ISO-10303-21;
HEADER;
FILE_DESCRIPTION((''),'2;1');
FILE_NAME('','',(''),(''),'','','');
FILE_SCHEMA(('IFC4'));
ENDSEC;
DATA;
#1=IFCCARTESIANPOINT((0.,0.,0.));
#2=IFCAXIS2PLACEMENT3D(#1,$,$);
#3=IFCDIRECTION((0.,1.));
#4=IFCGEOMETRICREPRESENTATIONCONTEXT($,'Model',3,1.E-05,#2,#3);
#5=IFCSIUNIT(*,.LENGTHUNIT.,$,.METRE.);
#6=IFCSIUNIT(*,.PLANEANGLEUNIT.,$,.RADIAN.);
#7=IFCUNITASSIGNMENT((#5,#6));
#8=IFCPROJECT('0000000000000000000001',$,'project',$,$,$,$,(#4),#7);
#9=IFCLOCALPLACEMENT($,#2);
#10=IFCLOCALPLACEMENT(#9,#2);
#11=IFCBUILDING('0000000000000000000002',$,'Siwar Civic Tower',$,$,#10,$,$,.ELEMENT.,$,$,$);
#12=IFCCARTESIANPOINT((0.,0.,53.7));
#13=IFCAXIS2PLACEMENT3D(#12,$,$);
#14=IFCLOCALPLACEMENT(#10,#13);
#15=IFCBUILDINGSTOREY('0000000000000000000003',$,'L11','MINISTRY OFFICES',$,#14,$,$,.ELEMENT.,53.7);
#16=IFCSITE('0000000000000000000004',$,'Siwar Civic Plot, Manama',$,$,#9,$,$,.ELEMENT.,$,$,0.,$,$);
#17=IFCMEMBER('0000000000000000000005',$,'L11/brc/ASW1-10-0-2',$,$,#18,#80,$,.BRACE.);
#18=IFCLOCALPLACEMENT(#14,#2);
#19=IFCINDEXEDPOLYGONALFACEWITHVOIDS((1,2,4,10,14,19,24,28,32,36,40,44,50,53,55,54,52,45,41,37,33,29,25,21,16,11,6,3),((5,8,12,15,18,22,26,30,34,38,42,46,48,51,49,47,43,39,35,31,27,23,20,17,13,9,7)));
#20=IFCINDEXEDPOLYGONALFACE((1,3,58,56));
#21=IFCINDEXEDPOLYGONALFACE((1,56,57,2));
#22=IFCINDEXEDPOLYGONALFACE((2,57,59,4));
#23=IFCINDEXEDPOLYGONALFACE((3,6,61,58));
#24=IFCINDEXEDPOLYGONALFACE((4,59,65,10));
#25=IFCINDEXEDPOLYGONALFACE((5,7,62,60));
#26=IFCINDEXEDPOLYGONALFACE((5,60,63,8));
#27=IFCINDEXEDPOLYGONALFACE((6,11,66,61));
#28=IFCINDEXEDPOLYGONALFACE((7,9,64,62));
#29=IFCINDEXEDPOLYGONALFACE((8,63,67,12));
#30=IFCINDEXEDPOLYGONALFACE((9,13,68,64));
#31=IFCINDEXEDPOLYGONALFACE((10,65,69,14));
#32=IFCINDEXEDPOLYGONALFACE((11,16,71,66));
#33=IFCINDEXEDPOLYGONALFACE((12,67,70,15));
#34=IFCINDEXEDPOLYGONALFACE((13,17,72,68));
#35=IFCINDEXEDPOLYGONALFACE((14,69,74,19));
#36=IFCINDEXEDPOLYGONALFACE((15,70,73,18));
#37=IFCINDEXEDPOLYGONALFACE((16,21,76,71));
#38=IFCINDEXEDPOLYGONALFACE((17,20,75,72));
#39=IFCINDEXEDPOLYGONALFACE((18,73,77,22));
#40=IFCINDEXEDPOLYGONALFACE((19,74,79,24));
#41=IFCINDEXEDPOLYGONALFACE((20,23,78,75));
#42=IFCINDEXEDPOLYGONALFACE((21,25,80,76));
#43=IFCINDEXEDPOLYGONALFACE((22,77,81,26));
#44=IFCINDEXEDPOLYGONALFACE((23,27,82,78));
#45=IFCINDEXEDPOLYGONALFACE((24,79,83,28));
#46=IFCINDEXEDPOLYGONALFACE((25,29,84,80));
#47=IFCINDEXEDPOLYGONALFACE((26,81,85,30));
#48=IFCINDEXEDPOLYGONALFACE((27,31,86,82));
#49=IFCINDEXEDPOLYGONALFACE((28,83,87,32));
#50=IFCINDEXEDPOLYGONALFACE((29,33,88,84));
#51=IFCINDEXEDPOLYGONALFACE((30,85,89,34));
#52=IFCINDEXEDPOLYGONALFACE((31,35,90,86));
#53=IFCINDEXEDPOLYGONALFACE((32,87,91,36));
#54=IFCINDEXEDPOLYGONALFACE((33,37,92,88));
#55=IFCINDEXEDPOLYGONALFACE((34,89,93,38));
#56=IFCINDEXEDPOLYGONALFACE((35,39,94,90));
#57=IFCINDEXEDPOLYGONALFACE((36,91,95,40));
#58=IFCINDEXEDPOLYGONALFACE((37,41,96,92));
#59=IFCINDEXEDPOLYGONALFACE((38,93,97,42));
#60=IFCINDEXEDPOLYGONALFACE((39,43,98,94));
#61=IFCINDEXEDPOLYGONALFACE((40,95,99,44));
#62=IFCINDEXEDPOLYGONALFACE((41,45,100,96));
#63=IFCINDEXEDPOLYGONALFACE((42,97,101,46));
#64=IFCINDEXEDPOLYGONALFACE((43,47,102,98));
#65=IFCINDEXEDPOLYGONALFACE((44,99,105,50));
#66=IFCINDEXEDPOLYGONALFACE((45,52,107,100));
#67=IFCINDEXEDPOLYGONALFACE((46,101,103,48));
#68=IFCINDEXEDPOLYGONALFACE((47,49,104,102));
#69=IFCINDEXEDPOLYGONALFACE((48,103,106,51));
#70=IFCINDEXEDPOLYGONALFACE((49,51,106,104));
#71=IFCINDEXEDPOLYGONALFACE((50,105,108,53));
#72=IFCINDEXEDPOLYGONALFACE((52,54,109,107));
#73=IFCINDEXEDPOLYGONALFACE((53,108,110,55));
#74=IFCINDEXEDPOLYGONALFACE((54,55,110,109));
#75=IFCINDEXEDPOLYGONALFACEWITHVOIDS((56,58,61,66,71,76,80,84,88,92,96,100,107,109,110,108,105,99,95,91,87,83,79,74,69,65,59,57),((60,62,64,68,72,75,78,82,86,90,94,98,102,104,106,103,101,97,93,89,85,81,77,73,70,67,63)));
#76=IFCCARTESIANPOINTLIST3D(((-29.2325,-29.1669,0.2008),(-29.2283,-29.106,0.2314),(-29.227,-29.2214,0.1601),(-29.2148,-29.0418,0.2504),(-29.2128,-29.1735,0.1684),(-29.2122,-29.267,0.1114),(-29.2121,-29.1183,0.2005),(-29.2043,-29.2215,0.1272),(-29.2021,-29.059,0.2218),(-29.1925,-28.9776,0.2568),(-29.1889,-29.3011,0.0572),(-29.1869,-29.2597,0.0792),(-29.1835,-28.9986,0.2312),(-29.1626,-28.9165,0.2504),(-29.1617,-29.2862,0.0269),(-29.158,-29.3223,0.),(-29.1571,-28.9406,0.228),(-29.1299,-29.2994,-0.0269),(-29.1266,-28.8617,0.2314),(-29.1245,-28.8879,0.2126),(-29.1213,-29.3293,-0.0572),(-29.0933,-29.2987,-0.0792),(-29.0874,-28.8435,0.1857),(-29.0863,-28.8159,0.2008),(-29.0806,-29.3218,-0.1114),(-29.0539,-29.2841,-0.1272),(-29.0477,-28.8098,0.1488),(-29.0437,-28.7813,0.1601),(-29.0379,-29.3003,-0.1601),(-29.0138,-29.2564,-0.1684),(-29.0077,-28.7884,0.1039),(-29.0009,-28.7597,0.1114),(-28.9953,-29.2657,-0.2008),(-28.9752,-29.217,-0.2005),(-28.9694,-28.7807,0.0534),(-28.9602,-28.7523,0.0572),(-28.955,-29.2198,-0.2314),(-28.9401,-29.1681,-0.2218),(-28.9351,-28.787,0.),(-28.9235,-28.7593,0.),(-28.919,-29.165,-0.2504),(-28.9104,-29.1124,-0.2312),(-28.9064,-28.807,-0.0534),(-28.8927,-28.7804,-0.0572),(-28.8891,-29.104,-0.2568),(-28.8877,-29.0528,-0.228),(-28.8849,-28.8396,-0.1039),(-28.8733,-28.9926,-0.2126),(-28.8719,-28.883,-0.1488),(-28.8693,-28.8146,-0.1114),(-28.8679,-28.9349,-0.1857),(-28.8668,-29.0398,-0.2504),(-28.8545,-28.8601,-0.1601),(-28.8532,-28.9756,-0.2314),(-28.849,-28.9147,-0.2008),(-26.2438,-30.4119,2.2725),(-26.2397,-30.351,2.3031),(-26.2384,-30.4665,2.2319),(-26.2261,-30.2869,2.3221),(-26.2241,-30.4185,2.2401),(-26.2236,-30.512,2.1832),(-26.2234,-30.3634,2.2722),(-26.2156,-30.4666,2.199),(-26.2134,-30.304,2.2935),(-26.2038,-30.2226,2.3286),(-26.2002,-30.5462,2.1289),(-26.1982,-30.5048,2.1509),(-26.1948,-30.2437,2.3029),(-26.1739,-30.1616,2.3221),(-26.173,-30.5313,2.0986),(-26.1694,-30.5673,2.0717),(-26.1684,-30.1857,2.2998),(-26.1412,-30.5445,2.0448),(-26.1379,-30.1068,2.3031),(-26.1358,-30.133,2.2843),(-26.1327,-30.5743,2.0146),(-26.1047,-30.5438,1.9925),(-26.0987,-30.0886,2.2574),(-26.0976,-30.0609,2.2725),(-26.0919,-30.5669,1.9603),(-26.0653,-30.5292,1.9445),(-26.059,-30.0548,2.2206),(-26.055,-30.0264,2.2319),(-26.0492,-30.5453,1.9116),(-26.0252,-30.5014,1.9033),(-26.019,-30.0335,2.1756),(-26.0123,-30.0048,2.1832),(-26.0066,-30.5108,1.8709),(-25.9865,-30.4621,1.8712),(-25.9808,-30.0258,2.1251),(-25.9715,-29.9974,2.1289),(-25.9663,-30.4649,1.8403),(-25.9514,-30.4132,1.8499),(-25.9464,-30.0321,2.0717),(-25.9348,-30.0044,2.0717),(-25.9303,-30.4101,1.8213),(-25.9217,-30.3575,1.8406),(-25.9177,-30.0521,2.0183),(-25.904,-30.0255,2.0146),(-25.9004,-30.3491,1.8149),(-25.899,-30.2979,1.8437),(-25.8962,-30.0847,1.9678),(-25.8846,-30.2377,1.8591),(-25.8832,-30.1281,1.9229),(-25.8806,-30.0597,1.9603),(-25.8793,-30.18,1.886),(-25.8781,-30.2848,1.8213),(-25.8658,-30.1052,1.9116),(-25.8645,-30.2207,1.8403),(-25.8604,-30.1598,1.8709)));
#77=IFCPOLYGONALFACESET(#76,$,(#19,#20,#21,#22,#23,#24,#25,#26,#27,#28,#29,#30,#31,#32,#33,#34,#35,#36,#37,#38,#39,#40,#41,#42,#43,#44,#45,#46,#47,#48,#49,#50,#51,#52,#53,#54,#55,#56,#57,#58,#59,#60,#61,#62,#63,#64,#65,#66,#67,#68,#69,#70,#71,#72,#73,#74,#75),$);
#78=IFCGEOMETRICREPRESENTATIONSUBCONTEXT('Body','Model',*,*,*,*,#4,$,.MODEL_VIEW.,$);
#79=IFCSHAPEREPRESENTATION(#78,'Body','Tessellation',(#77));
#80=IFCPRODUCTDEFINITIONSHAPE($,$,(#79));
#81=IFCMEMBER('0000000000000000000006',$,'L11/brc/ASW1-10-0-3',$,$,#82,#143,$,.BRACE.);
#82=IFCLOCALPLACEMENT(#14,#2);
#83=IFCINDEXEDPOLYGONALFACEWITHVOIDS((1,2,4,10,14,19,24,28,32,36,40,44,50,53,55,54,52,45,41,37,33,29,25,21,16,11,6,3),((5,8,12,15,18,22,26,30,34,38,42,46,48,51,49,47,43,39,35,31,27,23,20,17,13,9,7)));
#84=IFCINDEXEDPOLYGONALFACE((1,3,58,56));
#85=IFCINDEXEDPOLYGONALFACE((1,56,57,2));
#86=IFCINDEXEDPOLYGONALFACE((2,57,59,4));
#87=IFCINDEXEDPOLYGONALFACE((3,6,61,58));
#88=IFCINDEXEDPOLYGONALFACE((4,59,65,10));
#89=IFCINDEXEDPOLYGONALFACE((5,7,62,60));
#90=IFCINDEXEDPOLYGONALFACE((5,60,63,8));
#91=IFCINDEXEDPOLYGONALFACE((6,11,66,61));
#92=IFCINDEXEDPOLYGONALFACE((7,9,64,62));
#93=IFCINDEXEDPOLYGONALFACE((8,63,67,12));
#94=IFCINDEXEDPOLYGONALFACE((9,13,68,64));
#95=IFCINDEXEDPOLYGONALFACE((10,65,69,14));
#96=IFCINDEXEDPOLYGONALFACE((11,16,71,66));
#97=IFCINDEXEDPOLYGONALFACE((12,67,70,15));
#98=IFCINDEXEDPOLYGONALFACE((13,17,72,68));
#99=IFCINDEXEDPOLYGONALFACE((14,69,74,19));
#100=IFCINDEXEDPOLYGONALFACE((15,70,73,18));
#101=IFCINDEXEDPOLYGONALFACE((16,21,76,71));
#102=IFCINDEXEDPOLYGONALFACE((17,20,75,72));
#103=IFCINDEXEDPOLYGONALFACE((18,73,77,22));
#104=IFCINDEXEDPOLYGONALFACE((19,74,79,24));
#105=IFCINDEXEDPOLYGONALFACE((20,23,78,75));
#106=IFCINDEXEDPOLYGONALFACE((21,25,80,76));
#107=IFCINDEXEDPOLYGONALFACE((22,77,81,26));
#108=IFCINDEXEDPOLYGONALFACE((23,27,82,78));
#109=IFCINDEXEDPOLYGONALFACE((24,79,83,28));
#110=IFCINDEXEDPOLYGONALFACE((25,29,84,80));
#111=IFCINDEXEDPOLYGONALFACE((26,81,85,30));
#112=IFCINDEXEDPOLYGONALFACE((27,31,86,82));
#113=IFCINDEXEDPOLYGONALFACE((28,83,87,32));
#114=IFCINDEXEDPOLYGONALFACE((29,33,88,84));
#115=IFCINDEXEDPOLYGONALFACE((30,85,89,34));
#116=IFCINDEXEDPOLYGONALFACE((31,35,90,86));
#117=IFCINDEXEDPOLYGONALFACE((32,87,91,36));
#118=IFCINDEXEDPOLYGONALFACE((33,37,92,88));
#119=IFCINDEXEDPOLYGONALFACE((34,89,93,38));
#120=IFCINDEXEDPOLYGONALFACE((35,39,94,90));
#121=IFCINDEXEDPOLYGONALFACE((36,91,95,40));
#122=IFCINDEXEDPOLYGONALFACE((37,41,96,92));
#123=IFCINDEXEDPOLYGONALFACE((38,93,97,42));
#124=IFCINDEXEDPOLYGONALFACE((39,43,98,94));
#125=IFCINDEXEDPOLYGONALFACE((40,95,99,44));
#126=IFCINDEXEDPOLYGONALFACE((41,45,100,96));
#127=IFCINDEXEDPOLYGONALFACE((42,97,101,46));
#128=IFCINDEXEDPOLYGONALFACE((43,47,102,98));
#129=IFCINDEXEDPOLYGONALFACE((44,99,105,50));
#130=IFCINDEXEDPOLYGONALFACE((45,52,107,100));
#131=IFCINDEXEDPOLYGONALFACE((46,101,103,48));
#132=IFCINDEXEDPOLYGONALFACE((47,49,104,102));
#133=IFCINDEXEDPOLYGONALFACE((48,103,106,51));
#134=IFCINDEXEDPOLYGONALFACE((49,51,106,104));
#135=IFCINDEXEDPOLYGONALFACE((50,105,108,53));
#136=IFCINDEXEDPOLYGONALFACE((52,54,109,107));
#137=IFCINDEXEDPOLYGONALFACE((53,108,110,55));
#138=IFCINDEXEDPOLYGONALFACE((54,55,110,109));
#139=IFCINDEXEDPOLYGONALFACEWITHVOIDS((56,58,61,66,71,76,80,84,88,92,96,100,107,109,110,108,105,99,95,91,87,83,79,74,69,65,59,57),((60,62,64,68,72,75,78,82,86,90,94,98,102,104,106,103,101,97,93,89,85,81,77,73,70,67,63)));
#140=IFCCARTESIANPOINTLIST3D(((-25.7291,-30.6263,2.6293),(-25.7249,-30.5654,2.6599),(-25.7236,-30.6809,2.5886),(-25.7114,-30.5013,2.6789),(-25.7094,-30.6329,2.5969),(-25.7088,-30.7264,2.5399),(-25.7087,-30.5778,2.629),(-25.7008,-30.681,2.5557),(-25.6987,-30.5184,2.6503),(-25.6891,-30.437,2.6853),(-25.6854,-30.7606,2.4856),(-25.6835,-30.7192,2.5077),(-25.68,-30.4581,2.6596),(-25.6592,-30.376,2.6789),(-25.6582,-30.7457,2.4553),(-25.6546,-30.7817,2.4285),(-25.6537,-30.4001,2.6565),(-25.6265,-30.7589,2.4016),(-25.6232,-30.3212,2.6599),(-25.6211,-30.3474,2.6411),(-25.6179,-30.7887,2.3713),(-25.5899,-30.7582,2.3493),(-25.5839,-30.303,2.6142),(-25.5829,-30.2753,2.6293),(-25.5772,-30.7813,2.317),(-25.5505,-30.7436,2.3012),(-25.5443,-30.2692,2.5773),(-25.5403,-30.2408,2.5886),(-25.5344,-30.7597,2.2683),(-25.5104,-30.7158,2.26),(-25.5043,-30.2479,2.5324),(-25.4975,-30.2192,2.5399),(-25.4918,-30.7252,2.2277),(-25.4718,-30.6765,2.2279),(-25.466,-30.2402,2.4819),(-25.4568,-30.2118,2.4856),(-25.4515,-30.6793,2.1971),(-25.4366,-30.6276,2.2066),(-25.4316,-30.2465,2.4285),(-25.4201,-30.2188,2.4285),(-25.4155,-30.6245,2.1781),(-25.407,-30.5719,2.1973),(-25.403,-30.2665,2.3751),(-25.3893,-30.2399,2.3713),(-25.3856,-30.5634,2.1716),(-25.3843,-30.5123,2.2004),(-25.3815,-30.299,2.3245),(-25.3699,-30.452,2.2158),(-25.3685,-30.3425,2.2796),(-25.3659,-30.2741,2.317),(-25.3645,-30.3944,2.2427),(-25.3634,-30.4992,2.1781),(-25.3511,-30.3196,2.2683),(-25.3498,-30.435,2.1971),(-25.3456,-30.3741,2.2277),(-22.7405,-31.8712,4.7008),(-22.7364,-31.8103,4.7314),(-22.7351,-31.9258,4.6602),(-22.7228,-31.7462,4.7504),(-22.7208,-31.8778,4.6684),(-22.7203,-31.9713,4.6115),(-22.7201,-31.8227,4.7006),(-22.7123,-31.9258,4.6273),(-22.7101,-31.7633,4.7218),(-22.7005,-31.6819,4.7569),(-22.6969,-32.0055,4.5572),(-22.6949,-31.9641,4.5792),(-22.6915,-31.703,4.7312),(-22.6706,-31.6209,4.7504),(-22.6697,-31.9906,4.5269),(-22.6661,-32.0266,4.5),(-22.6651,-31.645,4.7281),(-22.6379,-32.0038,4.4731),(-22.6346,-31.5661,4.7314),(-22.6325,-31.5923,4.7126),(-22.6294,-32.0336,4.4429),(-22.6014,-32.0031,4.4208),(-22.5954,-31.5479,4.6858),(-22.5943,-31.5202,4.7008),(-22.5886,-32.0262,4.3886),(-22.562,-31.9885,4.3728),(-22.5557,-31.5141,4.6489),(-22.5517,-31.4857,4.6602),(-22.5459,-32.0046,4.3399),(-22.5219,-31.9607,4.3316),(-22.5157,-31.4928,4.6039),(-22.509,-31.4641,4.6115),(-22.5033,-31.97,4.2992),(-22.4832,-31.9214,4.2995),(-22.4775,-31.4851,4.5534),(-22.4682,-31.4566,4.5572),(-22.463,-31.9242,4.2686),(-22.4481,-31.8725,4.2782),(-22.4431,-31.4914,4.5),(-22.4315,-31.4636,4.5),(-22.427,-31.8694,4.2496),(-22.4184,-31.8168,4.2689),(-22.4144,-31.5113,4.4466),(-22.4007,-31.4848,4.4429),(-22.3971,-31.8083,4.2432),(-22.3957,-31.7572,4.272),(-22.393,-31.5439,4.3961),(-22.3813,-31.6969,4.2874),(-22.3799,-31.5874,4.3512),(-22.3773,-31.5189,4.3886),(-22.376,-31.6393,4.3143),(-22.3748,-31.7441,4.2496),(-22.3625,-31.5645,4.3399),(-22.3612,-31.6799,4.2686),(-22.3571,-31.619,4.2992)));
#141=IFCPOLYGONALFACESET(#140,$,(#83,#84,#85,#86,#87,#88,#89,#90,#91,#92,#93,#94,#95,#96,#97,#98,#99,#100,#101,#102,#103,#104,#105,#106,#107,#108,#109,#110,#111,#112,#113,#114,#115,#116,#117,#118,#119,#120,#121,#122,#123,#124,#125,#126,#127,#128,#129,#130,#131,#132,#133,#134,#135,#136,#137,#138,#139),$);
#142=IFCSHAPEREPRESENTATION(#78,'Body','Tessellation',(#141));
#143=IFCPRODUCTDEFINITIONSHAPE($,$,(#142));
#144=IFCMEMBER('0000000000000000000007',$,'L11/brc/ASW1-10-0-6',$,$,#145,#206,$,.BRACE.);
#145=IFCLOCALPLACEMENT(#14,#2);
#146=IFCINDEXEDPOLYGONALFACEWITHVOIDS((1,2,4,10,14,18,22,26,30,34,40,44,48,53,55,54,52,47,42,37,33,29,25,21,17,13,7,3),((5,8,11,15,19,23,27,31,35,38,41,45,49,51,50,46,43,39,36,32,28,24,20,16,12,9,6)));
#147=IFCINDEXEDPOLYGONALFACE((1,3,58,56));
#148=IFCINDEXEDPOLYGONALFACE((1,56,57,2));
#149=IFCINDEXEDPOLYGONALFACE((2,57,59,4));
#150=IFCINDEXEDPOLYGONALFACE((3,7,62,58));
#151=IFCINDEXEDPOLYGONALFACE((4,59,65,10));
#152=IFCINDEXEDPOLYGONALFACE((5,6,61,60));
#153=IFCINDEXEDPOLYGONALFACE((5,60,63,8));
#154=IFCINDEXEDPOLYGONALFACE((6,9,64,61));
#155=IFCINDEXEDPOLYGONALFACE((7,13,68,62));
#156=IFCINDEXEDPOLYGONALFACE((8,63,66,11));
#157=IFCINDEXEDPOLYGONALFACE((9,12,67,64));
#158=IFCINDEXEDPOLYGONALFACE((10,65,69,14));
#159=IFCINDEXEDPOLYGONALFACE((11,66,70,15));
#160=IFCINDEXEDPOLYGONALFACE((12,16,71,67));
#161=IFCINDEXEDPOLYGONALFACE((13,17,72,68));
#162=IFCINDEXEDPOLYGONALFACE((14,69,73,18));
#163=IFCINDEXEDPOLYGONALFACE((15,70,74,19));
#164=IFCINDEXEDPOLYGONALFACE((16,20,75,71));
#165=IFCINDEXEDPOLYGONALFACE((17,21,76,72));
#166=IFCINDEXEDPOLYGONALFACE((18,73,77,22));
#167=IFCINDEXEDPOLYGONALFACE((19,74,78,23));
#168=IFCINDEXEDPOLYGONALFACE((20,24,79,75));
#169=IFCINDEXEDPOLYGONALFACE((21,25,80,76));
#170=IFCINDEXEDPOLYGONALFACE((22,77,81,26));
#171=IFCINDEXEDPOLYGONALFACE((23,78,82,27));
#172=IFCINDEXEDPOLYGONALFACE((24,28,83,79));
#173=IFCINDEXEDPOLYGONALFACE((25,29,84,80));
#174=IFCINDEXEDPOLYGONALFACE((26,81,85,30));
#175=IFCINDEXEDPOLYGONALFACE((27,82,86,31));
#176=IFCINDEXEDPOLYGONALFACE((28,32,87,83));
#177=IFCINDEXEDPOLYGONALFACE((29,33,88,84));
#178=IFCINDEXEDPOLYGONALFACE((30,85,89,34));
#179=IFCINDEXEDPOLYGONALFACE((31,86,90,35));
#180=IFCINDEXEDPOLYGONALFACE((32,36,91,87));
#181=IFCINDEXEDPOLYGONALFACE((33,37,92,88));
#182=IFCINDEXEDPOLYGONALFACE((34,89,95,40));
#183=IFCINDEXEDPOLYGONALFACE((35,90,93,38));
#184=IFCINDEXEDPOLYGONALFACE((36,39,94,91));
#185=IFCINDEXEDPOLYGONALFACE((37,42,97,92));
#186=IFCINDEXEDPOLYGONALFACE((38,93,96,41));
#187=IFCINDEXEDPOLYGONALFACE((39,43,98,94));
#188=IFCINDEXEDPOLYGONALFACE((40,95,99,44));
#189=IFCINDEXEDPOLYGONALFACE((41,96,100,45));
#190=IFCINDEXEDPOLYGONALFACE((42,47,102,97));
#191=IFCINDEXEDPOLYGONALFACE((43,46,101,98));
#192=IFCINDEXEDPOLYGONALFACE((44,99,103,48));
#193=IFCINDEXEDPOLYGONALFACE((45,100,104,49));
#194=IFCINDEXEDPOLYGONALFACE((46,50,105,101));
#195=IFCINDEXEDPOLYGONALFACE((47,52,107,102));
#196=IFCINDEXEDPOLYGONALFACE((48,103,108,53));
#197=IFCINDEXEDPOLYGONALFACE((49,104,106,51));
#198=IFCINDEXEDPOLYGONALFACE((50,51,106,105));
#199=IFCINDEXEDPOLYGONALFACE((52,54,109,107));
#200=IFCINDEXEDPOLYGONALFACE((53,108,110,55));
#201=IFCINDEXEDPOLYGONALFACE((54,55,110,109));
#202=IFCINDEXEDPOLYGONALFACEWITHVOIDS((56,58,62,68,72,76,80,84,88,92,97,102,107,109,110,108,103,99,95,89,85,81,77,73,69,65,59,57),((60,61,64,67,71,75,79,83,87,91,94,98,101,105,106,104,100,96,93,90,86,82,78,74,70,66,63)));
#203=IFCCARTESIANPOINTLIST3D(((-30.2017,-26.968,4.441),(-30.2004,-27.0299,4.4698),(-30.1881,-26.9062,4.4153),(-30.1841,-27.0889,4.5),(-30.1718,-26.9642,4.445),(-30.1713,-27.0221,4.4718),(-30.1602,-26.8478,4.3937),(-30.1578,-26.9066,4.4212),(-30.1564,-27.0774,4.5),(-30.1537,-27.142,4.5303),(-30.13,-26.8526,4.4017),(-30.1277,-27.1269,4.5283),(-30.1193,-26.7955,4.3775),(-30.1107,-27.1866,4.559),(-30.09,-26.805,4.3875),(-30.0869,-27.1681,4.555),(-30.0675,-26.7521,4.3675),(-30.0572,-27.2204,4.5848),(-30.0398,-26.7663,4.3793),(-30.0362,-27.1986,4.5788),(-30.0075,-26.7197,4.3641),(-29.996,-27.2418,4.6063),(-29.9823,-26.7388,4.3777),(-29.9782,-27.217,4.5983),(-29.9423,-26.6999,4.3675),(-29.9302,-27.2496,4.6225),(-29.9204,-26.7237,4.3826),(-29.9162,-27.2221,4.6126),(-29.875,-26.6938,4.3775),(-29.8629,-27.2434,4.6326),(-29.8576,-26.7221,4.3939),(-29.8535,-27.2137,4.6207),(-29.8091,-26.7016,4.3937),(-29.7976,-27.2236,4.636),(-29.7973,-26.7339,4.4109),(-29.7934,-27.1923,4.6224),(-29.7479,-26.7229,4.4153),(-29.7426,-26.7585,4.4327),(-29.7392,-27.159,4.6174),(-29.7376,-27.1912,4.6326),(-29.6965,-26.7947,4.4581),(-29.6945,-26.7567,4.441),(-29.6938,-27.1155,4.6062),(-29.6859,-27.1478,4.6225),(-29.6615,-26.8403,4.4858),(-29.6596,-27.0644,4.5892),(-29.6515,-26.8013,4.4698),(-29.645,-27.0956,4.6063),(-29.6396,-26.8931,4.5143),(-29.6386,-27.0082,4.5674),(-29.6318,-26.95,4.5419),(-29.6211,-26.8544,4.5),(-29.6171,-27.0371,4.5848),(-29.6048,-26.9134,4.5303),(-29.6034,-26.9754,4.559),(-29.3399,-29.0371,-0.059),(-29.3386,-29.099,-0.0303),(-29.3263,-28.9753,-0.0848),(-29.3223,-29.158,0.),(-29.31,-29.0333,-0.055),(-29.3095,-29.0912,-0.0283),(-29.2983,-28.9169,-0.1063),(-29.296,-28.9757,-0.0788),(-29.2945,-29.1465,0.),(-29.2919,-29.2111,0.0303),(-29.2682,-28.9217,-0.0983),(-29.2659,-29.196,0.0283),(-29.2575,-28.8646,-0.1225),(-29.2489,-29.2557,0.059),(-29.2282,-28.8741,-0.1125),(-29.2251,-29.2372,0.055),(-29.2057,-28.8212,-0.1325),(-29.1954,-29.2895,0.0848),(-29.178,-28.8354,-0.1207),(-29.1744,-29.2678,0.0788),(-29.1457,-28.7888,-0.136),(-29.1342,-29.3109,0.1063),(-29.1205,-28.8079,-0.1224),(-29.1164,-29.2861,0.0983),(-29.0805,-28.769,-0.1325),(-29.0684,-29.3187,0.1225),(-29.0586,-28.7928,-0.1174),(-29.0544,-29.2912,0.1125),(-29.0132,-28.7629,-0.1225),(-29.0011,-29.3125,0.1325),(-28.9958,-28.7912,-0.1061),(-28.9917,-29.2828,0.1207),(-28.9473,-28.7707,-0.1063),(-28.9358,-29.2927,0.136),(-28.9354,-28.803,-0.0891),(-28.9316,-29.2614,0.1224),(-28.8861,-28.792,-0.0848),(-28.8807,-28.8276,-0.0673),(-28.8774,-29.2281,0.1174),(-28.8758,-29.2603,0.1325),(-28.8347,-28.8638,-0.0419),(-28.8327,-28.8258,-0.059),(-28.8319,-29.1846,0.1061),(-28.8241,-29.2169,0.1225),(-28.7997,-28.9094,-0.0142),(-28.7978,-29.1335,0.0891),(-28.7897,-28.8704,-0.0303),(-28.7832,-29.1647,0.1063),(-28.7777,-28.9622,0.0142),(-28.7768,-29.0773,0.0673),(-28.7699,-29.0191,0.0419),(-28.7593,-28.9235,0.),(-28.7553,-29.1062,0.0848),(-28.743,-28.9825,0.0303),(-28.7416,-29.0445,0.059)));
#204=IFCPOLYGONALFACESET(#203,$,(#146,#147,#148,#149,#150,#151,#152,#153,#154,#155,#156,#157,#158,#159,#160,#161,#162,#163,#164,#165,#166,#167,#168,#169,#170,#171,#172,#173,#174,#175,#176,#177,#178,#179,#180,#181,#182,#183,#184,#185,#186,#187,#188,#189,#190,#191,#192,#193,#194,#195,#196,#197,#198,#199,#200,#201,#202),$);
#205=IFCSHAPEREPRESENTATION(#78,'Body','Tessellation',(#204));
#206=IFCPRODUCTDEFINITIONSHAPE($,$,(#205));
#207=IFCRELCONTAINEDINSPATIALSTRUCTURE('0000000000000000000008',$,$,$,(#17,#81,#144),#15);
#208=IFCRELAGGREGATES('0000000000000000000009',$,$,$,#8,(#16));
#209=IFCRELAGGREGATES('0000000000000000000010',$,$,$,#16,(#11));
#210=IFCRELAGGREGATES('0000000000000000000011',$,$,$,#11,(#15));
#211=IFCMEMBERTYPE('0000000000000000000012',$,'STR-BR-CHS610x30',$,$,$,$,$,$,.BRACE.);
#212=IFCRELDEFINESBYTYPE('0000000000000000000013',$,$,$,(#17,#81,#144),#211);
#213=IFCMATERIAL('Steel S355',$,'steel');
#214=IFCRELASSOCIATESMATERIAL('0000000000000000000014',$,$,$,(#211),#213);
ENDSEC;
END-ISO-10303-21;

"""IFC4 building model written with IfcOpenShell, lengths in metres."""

from ifc_helpers import new_model, si_unit, direction, frame, origin, origin_2d, place, context, subcontext, project, spatial, hollow_circle, extrude, material, material_profile, profile_set, type_object, element, save


model = new_model("IFC4")

# Units and contexts
model_context = context("Model", 3, precision=1e-05, world=origin(), true_north=direction((0.0, 1.0)))
body_context = subcontext(model_context, "Body", "Model", "MODEL_VIEW")
ifc_project = project(units=[si_unit("LENGTHUNIT", "METRE"), si_unit("PLANEANGLEUNIT", "RADIAN")], contexts=[model_context])

# Site, building, storey
site_placement = place(None, origin())
site = spatial("IfcSite", under=ifc_project, at=site_placement, Name="Siwar Civic Plot, Manama", CompositionType="ELEMENT", RefElevation=0.0)
building_placement = place(site_placement, origin())
building = spatial("IfcBuilding", under=site, at=building_placement, Name="Siwar Civic Tower", CompositionType="ELEMENT")
storey_placement = place(building_placement, frame((0.0, 0.0, 53.7)))
storey = spatial("IfcBuildingStorey", under=building, at=storey_placement, Name="L11", Description="MINISTRY OFFICES", CompositionType="ELEMENT", Elevation=53.7)

# Members
ifc_material_1 = material(Name="Steel S355", Category="steel")
ifc_material_profile_1 = material_profile(ifc_material_1, hollow_circle(Radius=0.3049, WallThickness=0.03, at=origin_2d()), Name="CHS610x30")
ifc_profile_set_1 = profile_set([ifc_material_profile_1], Name="Steel S355")
member_type_1 = type_object("IfcMemberType", Name="STR-BR-CHS610x30", PredefinedType="BRACE", material=ifc_profile_set_1)
member_1_placement = place(storey_placement, frame((-29.0408, -29.0408, 0.0), z_axis=(0.777542, -0.323923, 0.538982), x_axis=(0.384562, 0.923099, 0.0)))
element("IfcMember", 1, at=member_1_placement, inside=storey, type_object=member_type_1, Name="L11/brc/ASW1-10-0-2", PredefinedType="BRACE", context=body_context, shape_type="SweptSolid", body=[
    extrude(hollow_circle(Radius=0.3049, WallThickness=0.03, at=origin_2d()), origin(), (0.0, 0.0, 1.0), 3.8438),
])
member_2_placement = place(storey_placement, frame((-25.5374, -30.5002, 2.4285), z_axis=(0.77756, -0.323893, 0.538975), x_axis=(0.384524, 0.923115, 0.0)))
element("IfcMember", 2, at=member_2_placement, inside=storey, type_object=member_type_1, Name="L11/brc/ASW1-10-0-3", PredefinedType="BRACE", context=body_context, shape_type="SweptSolid", body=[
    extrude(hollow_circle(Radius=0.3049, WallThickness=0.03, at=origin_2d()), origin(), (0.0, 0.0, 1.0), 3.8435),
])
member_3_placement = place(storey_placement, frame((-29.0408, -29.0408, 0.0), z_axis=(-0.171427, 0.41157, 0.895111), x_axis=(-0.923125, -0.384499, 0.0)))
element("IfcMember", 3, at=member_3_placement, inside=storey, type_object=member_type_1, Name="L11/brc/ASW1-10-0-6", PredefinedType="BRACE", context=body_context, shape_type="SweptSolid", body=[
    extrude(hollow_circle(Radius=0.3049, WallThickness=0.03, at=origin_2d()), origin(), (0.0, 0.0, 1.0), 5.0273),
])

save(model, "model.ifc")
